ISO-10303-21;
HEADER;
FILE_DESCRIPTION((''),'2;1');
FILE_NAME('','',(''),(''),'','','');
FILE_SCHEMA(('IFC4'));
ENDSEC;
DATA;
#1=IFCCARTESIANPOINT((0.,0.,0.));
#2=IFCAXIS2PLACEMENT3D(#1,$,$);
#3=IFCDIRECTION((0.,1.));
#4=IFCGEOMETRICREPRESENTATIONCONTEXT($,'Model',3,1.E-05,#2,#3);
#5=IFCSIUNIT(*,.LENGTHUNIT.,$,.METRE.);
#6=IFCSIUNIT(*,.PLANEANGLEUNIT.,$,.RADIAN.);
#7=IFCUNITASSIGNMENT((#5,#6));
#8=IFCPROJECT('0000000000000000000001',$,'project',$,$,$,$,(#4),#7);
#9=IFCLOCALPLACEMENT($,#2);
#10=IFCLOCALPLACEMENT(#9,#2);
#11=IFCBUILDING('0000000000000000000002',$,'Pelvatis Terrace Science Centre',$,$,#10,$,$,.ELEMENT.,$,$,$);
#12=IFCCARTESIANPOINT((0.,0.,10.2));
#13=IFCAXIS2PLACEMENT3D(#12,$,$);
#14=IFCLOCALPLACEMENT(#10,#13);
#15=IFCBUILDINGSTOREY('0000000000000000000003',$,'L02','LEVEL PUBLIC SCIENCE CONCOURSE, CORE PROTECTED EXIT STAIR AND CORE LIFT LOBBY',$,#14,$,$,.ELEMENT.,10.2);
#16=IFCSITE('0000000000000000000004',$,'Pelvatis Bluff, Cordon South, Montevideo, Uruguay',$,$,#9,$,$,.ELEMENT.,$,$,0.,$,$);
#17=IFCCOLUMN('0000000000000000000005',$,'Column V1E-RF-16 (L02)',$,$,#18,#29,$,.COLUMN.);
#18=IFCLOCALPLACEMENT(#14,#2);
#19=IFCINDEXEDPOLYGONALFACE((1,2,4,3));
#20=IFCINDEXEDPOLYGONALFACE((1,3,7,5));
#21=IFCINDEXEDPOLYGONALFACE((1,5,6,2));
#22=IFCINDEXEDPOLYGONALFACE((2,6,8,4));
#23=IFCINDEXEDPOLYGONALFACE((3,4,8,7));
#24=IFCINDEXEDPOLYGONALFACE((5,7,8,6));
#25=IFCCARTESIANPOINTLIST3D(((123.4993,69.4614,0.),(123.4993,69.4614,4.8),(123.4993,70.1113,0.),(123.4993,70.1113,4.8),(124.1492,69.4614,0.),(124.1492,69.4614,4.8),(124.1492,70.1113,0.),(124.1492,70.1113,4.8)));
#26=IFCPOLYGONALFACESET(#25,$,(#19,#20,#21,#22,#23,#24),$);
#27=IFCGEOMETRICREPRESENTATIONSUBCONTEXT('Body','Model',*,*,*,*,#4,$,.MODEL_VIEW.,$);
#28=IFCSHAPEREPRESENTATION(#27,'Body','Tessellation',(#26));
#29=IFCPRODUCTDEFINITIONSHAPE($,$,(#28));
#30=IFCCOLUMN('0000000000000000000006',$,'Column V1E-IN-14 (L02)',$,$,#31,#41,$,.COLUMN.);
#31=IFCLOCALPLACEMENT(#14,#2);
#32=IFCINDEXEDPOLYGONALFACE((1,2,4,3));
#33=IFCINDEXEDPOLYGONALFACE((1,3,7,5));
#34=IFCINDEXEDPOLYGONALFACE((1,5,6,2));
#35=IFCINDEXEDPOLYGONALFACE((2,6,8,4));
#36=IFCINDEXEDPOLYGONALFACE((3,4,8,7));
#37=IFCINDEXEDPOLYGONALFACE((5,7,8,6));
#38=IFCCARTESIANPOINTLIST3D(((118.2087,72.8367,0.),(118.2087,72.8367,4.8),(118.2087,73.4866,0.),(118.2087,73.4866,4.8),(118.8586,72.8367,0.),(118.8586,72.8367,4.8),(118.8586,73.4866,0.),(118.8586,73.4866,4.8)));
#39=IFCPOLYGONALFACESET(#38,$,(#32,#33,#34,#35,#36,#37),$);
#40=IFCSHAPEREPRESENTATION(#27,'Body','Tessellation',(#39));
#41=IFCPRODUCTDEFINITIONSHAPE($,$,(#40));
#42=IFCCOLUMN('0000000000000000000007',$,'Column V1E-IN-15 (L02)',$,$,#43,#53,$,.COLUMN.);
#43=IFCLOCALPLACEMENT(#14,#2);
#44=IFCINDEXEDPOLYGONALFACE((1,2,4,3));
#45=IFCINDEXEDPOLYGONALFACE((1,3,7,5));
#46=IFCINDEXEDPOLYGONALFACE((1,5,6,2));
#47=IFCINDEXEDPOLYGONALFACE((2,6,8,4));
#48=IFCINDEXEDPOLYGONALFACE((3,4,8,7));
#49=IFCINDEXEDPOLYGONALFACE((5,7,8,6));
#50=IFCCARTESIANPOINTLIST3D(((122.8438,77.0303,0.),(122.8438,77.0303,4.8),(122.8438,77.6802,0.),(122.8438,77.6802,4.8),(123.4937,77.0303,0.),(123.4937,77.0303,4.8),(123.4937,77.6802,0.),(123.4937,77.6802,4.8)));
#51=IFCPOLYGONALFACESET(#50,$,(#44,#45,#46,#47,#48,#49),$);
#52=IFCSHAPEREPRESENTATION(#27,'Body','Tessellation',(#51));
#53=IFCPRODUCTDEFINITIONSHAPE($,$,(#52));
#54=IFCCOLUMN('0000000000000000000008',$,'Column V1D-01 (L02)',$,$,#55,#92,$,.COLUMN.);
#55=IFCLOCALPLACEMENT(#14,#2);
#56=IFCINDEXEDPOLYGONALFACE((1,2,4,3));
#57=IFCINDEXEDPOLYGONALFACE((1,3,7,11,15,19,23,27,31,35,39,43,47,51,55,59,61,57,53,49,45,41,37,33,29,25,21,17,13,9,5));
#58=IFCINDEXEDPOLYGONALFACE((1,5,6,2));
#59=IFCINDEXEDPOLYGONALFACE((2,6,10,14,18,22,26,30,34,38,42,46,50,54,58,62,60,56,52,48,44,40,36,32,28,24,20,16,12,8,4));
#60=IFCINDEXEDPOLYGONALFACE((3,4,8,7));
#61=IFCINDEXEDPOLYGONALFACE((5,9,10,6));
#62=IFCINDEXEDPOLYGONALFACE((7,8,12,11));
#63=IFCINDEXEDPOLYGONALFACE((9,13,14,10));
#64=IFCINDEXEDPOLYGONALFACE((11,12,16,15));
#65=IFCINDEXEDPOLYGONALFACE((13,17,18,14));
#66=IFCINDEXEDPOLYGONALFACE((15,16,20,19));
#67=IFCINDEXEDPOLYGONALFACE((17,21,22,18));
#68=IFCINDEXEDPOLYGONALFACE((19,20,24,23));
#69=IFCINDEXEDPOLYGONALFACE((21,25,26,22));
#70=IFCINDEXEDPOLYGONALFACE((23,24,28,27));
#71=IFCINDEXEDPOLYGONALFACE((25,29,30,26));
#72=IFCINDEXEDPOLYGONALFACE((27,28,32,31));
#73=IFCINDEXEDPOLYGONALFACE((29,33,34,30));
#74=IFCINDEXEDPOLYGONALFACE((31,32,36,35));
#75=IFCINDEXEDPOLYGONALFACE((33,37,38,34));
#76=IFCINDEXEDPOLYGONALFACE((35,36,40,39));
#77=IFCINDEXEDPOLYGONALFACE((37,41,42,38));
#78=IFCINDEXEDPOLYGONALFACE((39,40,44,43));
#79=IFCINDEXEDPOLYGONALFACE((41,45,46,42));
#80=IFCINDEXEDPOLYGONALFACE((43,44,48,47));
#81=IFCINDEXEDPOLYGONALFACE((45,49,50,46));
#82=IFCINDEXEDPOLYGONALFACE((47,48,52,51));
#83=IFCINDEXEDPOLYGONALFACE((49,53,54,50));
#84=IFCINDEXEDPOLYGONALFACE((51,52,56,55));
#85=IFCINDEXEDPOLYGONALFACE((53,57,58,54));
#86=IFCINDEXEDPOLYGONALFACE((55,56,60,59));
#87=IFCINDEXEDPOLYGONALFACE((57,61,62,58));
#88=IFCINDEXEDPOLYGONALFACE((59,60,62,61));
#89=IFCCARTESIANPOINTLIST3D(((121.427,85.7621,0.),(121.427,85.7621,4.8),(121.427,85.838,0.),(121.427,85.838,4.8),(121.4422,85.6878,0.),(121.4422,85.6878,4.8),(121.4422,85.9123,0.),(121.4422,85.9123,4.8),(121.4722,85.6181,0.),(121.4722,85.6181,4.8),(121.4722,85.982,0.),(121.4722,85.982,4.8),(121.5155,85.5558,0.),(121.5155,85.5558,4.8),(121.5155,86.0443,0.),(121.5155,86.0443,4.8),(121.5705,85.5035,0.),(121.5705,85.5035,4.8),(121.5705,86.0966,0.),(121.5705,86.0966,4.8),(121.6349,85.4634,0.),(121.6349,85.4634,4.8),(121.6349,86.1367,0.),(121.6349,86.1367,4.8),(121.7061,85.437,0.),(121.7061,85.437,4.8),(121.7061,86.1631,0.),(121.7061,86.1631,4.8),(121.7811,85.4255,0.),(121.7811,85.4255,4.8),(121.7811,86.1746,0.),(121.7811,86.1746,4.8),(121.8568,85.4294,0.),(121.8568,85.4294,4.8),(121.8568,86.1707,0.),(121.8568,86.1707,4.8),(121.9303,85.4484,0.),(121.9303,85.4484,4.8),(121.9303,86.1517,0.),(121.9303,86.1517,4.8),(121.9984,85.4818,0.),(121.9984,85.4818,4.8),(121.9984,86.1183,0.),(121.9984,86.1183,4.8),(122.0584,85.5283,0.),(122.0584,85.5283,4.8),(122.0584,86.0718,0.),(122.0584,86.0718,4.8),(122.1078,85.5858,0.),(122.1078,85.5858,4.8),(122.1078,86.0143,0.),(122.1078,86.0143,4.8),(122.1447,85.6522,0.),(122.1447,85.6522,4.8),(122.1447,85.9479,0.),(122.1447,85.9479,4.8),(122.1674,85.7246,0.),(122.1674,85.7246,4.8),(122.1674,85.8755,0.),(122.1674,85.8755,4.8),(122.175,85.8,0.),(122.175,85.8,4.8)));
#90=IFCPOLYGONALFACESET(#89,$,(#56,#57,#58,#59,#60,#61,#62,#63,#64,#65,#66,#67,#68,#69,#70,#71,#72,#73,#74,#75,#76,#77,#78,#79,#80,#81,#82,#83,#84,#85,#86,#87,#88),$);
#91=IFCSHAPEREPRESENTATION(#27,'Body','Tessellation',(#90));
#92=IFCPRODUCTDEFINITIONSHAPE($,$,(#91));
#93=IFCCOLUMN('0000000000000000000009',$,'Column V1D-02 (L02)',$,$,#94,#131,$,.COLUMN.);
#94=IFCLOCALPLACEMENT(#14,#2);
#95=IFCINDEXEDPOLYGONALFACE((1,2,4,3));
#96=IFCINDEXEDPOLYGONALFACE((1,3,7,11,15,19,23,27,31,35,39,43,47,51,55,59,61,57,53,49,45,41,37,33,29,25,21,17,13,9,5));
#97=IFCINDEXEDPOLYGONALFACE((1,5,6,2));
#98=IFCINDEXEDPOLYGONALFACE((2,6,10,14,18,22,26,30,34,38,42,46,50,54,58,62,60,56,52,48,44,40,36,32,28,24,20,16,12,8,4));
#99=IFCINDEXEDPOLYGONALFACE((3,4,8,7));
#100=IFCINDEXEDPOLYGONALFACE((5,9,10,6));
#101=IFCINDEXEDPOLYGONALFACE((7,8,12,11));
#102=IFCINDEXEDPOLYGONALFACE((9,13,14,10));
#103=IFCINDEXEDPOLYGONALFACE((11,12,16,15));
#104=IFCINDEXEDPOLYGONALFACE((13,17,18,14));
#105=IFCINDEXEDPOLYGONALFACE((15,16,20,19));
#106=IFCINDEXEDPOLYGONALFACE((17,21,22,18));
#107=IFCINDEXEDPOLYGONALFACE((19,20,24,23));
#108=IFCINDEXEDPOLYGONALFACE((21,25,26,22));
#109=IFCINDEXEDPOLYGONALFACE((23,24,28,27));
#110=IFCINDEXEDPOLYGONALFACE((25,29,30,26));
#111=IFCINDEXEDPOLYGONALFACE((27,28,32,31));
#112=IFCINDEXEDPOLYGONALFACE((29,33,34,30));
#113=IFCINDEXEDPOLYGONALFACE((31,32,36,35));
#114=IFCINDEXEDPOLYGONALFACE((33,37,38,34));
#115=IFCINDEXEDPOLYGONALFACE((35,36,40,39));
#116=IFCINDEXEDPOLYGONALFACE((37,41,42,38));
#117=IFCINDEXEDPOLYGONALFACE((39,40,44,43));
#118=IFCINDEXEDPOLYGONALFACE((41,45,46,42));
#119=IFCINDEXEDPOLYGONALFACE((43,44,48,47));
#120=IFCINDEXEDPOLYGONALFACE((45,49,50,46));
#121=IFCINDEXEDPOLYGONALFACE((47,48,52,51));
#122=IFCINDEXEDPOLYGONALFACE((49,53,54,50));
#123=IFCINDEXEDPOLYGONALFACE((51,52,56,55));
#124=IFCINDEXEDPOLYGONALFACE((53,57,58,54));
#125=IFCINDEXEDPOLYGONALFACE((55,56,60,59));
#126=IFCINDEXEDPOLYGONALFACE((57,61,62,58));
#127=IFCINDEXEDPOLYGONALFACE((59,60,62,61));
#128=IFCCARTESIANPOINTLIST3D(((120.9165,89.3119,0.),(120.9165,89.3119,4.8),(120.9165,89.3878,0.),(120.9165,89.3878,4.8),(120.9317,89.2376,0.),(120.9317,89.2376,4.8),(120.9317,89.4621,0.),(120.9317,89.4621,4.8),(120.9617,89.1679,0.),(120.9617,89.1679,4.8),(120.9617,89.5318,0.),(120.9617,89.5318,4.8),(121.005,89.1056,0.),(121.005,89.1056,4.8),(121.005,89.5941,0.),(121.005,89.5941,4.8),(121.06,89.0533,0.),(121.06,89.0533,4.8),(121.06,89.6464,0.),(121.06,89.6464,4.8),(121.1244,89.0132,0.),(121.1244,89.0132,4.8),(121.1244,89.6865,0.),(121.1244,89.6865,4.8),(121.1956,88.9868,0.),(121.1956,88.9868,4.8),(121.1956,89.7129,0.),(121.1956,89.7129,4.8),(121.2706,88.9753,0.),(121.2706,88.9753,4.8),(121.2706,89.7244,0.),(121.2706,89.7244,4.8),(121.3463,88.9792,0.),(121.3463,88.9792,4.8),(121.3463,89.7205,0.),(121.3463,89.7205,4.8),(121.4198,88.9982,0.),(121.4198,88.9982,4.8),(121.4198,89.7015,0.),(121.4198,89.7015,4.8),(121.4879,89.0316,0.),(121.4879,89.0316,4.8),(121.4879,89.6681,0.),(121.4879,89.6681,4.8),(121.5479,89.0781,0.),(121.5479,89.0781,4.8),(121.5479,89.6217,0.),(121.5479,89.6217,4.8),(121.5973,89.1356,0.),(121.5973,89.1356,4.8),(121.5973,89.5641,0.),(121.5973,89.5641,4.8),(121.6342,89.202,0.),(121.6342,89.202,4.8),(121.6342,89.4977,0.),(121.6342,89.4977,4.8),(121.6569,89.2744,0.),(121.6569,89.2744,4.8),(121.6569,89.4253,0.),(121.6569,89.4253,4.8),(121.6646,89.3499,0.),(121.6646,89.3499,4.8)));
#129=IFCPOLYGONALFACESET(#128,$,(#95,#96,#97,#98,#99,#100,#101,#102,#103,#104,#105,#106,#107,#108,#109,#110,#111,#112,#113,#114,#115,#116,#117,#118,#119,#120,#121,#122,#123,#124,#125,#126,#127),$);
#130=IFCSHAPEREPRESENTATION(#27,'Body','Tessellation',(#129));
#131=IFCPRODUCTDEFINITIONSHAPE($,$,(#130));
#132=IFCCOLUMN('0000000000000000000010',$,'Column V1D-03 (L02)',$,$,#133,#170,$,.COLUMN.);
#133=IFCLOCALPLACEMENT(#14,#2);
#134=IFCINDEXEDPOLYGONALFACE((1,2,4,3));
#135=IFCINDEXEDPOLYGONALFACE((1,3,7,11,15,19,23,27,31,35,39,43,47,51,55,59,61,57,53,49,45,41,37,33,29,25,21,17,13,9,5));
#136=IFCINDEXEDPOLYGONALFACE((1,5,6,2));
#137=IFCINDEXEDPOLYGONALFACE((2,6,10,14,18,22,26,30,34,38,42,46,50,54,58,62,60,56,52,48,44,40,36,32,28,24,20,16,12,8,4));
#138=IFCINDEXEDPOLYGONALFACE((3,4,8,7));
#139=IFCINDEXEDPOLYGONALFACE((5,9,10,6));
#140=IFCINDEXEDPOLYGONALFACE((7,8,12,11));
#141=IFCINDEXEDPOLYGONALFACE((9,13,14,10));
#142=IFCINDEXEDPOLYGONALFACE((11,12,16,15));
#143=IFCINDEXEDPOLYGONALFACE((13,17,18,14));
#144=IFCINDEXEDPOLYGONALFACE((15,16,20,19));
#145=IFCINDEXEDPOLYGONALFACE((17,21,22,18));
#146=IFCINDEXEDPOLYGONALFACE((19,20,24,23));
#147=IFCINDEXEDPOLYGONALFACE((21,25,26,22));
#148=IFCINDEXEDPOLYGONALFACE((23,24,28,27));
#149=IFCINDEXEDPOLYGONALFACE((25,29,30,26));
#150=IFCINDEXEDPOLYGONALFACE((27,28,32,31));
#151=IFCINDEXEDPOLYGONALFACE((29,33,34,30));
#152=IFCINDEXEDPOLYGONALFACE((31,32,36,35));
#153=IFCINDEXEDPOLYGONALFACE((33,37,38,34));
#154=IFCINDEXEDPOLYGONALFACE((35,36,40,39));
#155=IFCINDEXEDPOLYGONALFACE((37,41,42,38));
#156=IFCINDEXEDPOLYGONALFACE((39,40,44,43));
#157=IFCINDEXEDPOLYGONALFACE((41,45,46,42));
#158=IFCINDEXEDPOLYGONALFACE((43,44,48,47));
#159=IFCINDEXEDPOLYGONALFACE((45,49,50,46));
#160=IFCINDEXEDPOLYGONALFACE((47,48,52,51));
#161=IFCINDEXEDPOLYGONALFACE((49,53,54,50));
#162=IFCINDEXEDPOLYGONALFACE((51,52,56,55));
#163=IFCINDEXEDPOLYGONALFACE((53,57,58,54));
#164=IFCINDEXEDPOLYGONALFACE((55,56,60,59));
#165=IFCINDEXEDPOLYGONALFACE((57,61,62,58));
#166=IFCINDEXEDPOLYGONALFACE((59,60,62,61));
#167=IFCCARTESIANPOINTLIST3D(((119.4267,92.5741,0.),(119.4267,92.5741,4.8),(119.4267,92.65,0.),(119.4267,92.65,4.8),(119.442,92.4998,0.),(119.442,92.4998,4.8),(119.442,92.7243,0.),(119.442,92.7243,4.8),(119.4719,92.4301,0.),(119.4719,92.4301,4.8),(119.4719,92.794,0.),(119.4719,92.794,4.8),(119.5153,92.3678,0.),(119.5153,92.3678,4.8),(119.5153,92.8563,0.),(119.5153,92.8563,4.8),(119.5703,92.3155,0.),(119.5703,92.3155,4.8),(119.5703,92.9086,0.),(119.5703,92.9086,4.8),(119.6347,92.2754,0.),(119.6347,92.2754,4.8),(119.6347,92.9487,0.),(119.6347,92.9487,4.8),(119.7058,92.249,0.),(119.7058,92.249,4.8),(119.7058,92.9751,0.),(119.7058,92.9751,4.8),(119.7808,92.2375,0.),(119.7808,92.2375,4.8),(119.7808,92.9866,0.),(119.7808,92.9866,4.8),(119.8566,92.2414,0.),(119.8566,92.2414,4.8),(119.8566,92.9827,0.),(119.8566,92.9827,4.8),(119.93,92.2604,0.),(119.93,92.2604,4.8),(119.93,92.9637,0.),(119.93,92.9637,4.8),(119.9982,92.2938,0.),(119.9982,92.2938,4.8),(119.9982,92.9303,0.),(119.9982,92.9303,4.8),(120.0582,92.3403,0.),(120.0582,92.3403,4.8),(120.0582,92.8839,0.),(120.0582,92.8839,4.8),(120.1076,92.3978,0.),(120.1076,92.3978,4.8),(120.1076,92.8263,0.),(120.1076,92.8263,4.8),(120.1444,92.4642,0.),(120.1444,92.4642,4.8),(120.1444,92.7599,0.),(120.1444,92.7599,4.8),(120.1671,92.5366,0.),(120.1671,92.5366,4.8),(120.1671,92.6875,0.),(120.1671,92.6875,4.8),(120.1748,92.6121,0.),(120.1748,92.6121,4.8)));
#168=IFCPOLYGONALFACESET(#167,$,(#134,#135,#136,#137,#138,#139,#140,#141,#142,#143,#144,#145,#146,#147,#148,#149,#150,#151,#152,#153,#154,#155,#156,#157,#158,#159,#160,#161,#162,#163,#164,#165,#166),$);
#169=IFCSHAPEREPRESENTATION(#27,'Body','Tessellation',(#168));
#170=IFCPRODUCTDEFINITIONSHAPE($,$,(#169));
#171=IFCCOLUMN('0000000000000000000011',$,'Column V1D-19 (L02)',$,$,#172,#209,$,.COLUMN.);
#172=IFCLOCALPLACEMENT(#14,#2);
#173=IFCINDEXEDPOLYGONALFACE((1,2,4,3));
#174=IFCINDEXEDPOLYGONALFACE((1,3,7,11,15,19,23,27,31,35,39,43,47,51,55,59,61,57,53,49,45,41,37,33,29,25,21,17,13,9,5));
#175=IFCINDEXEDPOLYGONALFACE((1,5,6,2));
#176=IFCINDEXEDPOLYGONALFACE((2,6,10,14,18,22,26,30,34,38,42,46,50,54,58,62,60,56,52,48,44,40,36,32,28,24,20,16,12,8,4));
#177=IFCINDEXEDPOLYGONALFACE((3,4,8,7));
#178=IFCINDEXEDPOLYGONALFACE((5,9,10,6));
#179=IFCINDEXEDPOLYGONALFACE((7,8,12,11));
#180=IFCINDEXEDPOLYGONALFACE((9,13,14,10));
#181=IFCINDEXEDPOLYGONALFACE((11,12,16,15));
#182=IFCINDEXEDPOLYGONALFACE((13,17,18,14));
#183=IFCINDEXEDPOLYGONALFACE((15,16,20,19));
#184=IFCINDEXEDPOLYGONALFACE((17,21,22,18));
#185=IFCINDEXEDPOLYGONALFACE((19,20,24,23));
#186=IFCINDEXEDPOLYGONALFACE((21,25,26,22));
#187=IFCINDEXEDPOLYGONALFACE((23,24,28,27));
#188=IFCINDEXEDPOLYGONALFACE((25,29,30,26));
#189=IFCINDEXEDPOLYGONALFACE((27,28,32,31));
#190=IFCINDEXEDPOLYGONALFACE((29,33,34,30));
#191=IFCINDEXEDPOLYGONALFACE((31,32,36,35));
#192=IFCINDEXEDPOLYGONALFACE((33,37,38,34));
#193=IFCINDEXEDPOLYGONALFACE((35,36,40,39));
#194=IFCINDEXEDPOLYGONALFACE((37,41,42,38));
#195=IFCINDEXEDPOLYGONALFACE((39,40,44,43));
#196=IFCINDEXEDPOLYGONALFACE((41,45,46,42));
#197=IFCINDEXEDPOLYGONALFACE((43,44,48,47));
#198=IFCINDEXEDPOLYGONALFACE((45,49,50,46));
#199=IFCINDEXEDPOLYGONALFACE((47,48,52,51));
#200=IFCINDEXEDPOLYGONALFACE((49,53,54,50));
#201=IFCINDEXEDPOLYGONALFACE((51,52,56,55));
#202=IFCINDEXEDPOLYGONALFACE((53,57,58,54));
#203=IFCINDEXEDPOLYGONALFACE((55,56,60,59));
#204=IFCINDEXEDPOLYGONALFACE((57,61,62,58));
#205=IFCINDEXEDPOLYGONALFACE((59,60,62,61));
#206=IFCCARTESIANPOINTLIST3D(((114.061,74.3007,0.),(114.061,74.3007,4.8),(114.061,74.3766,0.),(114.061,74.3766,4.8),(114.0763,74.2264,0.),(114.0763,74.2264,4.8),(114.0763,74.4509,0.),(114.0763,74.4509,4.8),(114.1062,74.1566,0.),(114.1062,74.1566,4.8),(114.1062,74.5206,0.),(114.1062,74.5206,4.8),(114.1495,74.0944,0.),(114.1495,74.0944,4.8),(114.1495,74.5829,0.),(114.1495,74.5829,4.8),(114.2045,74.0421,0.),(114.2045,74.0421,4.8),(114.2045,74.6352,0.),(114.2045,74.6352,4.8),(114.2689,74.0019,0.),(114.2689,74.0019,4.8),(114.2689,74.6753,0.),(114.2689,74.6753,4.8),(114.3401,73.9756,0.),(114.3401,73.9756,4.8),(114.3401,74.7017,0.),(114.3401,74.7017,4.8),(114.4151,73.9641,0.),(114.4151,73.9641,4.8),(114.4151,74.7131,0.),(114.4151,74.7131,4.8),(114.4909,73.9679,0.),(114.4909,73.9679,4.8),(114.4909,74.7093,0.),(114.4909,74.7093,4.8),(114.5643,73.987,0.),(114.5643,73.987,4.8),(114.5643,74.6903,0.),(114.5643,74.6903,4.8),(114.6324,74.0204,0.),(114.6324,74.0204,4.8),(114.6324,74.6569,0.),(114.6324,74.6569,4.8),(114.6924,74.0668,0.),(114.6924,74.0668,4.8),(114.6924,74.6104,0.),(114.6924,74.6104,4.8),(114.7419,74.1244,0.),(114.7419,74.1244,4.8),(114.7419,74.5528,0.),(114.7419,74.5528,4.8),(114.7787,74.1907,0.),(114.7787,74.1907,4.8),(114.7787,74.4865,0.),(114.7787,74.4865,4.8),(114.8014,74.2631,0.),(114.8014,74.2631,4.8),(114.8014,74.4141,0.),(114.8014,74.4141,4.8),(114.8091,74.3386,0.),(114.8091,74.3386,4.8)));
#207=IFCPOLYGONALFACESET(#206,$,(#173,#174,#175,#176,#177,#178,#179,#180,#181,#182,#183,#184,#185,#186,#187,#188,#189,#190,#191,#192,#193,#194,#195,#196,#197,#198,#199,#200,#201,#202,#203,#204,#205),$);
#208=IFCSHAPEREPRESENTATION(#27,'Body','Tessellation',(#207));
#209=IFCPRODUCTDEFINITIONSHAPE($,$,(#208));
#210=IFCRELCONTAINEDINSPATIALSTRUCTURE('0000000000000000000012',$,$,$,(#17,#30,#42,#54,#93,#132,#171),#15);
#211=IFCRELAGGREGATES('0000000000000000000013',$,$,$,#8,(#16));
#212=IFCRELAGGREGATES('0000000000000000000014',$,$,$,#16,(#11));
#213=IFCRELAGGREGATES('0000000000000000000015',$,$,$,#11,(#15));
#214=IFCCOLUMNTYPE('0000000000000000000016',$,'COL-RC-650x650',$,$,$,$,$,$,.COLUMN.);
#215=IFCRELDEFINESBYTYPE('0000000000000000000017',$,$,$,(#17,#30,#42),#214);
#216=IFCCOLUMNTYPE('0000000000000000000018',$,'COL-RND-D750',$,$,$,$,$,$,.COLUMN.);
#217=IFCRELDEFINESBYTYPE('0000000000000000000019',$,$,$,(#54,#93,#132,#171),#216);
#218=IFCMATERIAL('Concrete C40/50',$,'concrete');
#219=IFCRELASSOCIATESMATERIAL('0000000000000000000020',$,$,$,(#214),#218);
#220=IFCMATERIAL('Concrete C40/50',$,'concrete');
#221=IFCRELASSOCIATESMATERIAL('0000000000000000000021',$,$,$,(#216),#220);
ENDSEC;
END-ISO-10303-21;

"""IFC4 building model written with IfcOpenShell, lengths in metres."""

from ifc_helpers import new_model, si_unit, direction, frame, origin, origin_2d, place, context, subcontext, project, spatial, rectangle, circle, extrude, material, material_profile, profile_set, type_object, element, save


model = new_model("IFC4")

# Units and contexts
model_context = context("Model", 3, precision=1e-05, world=origin(), true_north=direction((0.0, 1.0)))
body_context = subcontext(model_context, "Body", "Model", "MODEL_VIEW")
ifc_project = project(units=[si_unit("LENGTHUNIT", "METRE"), si_unit("PLANEANGLEUNIT", "RADIAN")], contexts=[model_context])

# Site, building, storey
site_placement = place(None, origin())
site = spatial("IfcSite", under=ifc_project, at=site_placement, Name="Pelvatis Bluff, Cordon South, Montevideo, Uruguay", CompositionType="ELEMENT", RefElevation=0.0)
building_placement = place(site_placement, origin())
building = spatial("IfcBuilding", under=site, at=building_placement, Name="Pelvatis Terrace Science Centre", CompositionType="ELEMENT")
storey_placement = place(building_placement, frame((0.0, 0.0, 10.2)))
storey = spatial("IfcBuildingStorey", under=building, at=storey_placement, Name="L02", Description="LEVEL PUBLIC SCIENCE CONCOURSE, CORE PROTECTED EXIT STAIR AND CORE LIFT LOBBY", CompositionType="ELEMENT", Elevation=10.2)

# Columns
ifc_material_1 = material(Name="Concrete C40/50", Category="concrete")
ifc_material_profile_1 = material_profile(ifc_material_1, rectangle(XDim=0.6499, YDim=0.6499, at=origin_2d()), Name="RC-COL 650x650")
ifc_profile_set_1 = profile_set([ifc_material_profile_1], Name="Concrete C40/50")
column_type_1 = type_object("IfcColumnType", Name="COL-RC-650x650", PredefinedType="COLUMN", material=ifc_profile_set_1)
for number, where, z_axis, x_axis, name in (
    (1, (123.8242, 69.7864, 0.0), (0.0, 0.0, 1.0), (1.0, 0.0, 0.0), "Column V1E-RF-16 (L02)"),
    (2, (118.5337, 73.1616, 0.0), (0.0, 0.0, 1.0), (1.0, 0.0, 0.0), "Column V1E-IN-14 (L02)"),
    (3, (123.1687, 77.3552, 0.0), (0.0, 0.0, 1.0), (1.0, 0.0, 0.0), "Column V1E-IN-15 (L02)"),
):
    element("IfcColumn", number, at=place(storey_placement, frame(where, z_axis=z_axis, x_axis=x_axis)), inside=storey, type_object=column_type_1, Name=name, PredefinedType="COLUMN", context=body_context, shape_type="SweptSolid", body=[
        extrude(rectangle(XDim=0.6499, YDim=0.6499, at=origin_2d()), origin(), (0.0, 0.0, 1.0), 4.8),
    ])
ifc_material_2 = material(Name="Concrete C40/50", Category="concrete")
ifc_material_profile_2 = material_profile(ifc_material_2, circle(Radius=0.375, at=origin_2d()), Name="RC-RCOL D750")
ifc_profile_set_2 = profile_set([ifc_material_profile_2], Name="Concrete C40/50")
column_type_2 = type_object("IfcColumnType", Name="COL-RND-D750", PredefinedType="COLUMN", material=ifc_profile_set_2)
for number, where, z_axis, x_axis, name in (
    (4, (121.8, 85.8, 0.0), (0.0, 0.0, 1.0), (1.0, 0.0, 0.0), "Column V1D-01 (L02)"),
    (5, (121.2896, 89.3499, 0.0), (0.0, 0.0, 1.0), (1.0, 0.0, 0.0), "Column V1D-02 (L02)"),
    (6, (119.7998, 92.6121, 0.0), (0.0, 0.0, 1.0), (1.0, 0.0, 0.0), "Column V1D-03 (L02)"),
    (7, (114.4341, 74.3386, 0.0), (0.0, 0.0, 1.0), (1.0, 0.0, 0.0), "Column V1D-19 (L02)"),
):
    element("IfcColumn", number, at=place(storey_placement, frame(where, z_axis=z_axis, x_axis=x_axis)), inside=storey, type_object=column_type_2, Name=name, PredefinedType="COLUMN", context=body_context, shape_type="SweptSolid", body=[
        extrude(circle(Radius=0.375, at=origin_2d()), origin(), (0.0, 0.0, 1.0), 4.8),
    ])

save(model, "model.ifc")
